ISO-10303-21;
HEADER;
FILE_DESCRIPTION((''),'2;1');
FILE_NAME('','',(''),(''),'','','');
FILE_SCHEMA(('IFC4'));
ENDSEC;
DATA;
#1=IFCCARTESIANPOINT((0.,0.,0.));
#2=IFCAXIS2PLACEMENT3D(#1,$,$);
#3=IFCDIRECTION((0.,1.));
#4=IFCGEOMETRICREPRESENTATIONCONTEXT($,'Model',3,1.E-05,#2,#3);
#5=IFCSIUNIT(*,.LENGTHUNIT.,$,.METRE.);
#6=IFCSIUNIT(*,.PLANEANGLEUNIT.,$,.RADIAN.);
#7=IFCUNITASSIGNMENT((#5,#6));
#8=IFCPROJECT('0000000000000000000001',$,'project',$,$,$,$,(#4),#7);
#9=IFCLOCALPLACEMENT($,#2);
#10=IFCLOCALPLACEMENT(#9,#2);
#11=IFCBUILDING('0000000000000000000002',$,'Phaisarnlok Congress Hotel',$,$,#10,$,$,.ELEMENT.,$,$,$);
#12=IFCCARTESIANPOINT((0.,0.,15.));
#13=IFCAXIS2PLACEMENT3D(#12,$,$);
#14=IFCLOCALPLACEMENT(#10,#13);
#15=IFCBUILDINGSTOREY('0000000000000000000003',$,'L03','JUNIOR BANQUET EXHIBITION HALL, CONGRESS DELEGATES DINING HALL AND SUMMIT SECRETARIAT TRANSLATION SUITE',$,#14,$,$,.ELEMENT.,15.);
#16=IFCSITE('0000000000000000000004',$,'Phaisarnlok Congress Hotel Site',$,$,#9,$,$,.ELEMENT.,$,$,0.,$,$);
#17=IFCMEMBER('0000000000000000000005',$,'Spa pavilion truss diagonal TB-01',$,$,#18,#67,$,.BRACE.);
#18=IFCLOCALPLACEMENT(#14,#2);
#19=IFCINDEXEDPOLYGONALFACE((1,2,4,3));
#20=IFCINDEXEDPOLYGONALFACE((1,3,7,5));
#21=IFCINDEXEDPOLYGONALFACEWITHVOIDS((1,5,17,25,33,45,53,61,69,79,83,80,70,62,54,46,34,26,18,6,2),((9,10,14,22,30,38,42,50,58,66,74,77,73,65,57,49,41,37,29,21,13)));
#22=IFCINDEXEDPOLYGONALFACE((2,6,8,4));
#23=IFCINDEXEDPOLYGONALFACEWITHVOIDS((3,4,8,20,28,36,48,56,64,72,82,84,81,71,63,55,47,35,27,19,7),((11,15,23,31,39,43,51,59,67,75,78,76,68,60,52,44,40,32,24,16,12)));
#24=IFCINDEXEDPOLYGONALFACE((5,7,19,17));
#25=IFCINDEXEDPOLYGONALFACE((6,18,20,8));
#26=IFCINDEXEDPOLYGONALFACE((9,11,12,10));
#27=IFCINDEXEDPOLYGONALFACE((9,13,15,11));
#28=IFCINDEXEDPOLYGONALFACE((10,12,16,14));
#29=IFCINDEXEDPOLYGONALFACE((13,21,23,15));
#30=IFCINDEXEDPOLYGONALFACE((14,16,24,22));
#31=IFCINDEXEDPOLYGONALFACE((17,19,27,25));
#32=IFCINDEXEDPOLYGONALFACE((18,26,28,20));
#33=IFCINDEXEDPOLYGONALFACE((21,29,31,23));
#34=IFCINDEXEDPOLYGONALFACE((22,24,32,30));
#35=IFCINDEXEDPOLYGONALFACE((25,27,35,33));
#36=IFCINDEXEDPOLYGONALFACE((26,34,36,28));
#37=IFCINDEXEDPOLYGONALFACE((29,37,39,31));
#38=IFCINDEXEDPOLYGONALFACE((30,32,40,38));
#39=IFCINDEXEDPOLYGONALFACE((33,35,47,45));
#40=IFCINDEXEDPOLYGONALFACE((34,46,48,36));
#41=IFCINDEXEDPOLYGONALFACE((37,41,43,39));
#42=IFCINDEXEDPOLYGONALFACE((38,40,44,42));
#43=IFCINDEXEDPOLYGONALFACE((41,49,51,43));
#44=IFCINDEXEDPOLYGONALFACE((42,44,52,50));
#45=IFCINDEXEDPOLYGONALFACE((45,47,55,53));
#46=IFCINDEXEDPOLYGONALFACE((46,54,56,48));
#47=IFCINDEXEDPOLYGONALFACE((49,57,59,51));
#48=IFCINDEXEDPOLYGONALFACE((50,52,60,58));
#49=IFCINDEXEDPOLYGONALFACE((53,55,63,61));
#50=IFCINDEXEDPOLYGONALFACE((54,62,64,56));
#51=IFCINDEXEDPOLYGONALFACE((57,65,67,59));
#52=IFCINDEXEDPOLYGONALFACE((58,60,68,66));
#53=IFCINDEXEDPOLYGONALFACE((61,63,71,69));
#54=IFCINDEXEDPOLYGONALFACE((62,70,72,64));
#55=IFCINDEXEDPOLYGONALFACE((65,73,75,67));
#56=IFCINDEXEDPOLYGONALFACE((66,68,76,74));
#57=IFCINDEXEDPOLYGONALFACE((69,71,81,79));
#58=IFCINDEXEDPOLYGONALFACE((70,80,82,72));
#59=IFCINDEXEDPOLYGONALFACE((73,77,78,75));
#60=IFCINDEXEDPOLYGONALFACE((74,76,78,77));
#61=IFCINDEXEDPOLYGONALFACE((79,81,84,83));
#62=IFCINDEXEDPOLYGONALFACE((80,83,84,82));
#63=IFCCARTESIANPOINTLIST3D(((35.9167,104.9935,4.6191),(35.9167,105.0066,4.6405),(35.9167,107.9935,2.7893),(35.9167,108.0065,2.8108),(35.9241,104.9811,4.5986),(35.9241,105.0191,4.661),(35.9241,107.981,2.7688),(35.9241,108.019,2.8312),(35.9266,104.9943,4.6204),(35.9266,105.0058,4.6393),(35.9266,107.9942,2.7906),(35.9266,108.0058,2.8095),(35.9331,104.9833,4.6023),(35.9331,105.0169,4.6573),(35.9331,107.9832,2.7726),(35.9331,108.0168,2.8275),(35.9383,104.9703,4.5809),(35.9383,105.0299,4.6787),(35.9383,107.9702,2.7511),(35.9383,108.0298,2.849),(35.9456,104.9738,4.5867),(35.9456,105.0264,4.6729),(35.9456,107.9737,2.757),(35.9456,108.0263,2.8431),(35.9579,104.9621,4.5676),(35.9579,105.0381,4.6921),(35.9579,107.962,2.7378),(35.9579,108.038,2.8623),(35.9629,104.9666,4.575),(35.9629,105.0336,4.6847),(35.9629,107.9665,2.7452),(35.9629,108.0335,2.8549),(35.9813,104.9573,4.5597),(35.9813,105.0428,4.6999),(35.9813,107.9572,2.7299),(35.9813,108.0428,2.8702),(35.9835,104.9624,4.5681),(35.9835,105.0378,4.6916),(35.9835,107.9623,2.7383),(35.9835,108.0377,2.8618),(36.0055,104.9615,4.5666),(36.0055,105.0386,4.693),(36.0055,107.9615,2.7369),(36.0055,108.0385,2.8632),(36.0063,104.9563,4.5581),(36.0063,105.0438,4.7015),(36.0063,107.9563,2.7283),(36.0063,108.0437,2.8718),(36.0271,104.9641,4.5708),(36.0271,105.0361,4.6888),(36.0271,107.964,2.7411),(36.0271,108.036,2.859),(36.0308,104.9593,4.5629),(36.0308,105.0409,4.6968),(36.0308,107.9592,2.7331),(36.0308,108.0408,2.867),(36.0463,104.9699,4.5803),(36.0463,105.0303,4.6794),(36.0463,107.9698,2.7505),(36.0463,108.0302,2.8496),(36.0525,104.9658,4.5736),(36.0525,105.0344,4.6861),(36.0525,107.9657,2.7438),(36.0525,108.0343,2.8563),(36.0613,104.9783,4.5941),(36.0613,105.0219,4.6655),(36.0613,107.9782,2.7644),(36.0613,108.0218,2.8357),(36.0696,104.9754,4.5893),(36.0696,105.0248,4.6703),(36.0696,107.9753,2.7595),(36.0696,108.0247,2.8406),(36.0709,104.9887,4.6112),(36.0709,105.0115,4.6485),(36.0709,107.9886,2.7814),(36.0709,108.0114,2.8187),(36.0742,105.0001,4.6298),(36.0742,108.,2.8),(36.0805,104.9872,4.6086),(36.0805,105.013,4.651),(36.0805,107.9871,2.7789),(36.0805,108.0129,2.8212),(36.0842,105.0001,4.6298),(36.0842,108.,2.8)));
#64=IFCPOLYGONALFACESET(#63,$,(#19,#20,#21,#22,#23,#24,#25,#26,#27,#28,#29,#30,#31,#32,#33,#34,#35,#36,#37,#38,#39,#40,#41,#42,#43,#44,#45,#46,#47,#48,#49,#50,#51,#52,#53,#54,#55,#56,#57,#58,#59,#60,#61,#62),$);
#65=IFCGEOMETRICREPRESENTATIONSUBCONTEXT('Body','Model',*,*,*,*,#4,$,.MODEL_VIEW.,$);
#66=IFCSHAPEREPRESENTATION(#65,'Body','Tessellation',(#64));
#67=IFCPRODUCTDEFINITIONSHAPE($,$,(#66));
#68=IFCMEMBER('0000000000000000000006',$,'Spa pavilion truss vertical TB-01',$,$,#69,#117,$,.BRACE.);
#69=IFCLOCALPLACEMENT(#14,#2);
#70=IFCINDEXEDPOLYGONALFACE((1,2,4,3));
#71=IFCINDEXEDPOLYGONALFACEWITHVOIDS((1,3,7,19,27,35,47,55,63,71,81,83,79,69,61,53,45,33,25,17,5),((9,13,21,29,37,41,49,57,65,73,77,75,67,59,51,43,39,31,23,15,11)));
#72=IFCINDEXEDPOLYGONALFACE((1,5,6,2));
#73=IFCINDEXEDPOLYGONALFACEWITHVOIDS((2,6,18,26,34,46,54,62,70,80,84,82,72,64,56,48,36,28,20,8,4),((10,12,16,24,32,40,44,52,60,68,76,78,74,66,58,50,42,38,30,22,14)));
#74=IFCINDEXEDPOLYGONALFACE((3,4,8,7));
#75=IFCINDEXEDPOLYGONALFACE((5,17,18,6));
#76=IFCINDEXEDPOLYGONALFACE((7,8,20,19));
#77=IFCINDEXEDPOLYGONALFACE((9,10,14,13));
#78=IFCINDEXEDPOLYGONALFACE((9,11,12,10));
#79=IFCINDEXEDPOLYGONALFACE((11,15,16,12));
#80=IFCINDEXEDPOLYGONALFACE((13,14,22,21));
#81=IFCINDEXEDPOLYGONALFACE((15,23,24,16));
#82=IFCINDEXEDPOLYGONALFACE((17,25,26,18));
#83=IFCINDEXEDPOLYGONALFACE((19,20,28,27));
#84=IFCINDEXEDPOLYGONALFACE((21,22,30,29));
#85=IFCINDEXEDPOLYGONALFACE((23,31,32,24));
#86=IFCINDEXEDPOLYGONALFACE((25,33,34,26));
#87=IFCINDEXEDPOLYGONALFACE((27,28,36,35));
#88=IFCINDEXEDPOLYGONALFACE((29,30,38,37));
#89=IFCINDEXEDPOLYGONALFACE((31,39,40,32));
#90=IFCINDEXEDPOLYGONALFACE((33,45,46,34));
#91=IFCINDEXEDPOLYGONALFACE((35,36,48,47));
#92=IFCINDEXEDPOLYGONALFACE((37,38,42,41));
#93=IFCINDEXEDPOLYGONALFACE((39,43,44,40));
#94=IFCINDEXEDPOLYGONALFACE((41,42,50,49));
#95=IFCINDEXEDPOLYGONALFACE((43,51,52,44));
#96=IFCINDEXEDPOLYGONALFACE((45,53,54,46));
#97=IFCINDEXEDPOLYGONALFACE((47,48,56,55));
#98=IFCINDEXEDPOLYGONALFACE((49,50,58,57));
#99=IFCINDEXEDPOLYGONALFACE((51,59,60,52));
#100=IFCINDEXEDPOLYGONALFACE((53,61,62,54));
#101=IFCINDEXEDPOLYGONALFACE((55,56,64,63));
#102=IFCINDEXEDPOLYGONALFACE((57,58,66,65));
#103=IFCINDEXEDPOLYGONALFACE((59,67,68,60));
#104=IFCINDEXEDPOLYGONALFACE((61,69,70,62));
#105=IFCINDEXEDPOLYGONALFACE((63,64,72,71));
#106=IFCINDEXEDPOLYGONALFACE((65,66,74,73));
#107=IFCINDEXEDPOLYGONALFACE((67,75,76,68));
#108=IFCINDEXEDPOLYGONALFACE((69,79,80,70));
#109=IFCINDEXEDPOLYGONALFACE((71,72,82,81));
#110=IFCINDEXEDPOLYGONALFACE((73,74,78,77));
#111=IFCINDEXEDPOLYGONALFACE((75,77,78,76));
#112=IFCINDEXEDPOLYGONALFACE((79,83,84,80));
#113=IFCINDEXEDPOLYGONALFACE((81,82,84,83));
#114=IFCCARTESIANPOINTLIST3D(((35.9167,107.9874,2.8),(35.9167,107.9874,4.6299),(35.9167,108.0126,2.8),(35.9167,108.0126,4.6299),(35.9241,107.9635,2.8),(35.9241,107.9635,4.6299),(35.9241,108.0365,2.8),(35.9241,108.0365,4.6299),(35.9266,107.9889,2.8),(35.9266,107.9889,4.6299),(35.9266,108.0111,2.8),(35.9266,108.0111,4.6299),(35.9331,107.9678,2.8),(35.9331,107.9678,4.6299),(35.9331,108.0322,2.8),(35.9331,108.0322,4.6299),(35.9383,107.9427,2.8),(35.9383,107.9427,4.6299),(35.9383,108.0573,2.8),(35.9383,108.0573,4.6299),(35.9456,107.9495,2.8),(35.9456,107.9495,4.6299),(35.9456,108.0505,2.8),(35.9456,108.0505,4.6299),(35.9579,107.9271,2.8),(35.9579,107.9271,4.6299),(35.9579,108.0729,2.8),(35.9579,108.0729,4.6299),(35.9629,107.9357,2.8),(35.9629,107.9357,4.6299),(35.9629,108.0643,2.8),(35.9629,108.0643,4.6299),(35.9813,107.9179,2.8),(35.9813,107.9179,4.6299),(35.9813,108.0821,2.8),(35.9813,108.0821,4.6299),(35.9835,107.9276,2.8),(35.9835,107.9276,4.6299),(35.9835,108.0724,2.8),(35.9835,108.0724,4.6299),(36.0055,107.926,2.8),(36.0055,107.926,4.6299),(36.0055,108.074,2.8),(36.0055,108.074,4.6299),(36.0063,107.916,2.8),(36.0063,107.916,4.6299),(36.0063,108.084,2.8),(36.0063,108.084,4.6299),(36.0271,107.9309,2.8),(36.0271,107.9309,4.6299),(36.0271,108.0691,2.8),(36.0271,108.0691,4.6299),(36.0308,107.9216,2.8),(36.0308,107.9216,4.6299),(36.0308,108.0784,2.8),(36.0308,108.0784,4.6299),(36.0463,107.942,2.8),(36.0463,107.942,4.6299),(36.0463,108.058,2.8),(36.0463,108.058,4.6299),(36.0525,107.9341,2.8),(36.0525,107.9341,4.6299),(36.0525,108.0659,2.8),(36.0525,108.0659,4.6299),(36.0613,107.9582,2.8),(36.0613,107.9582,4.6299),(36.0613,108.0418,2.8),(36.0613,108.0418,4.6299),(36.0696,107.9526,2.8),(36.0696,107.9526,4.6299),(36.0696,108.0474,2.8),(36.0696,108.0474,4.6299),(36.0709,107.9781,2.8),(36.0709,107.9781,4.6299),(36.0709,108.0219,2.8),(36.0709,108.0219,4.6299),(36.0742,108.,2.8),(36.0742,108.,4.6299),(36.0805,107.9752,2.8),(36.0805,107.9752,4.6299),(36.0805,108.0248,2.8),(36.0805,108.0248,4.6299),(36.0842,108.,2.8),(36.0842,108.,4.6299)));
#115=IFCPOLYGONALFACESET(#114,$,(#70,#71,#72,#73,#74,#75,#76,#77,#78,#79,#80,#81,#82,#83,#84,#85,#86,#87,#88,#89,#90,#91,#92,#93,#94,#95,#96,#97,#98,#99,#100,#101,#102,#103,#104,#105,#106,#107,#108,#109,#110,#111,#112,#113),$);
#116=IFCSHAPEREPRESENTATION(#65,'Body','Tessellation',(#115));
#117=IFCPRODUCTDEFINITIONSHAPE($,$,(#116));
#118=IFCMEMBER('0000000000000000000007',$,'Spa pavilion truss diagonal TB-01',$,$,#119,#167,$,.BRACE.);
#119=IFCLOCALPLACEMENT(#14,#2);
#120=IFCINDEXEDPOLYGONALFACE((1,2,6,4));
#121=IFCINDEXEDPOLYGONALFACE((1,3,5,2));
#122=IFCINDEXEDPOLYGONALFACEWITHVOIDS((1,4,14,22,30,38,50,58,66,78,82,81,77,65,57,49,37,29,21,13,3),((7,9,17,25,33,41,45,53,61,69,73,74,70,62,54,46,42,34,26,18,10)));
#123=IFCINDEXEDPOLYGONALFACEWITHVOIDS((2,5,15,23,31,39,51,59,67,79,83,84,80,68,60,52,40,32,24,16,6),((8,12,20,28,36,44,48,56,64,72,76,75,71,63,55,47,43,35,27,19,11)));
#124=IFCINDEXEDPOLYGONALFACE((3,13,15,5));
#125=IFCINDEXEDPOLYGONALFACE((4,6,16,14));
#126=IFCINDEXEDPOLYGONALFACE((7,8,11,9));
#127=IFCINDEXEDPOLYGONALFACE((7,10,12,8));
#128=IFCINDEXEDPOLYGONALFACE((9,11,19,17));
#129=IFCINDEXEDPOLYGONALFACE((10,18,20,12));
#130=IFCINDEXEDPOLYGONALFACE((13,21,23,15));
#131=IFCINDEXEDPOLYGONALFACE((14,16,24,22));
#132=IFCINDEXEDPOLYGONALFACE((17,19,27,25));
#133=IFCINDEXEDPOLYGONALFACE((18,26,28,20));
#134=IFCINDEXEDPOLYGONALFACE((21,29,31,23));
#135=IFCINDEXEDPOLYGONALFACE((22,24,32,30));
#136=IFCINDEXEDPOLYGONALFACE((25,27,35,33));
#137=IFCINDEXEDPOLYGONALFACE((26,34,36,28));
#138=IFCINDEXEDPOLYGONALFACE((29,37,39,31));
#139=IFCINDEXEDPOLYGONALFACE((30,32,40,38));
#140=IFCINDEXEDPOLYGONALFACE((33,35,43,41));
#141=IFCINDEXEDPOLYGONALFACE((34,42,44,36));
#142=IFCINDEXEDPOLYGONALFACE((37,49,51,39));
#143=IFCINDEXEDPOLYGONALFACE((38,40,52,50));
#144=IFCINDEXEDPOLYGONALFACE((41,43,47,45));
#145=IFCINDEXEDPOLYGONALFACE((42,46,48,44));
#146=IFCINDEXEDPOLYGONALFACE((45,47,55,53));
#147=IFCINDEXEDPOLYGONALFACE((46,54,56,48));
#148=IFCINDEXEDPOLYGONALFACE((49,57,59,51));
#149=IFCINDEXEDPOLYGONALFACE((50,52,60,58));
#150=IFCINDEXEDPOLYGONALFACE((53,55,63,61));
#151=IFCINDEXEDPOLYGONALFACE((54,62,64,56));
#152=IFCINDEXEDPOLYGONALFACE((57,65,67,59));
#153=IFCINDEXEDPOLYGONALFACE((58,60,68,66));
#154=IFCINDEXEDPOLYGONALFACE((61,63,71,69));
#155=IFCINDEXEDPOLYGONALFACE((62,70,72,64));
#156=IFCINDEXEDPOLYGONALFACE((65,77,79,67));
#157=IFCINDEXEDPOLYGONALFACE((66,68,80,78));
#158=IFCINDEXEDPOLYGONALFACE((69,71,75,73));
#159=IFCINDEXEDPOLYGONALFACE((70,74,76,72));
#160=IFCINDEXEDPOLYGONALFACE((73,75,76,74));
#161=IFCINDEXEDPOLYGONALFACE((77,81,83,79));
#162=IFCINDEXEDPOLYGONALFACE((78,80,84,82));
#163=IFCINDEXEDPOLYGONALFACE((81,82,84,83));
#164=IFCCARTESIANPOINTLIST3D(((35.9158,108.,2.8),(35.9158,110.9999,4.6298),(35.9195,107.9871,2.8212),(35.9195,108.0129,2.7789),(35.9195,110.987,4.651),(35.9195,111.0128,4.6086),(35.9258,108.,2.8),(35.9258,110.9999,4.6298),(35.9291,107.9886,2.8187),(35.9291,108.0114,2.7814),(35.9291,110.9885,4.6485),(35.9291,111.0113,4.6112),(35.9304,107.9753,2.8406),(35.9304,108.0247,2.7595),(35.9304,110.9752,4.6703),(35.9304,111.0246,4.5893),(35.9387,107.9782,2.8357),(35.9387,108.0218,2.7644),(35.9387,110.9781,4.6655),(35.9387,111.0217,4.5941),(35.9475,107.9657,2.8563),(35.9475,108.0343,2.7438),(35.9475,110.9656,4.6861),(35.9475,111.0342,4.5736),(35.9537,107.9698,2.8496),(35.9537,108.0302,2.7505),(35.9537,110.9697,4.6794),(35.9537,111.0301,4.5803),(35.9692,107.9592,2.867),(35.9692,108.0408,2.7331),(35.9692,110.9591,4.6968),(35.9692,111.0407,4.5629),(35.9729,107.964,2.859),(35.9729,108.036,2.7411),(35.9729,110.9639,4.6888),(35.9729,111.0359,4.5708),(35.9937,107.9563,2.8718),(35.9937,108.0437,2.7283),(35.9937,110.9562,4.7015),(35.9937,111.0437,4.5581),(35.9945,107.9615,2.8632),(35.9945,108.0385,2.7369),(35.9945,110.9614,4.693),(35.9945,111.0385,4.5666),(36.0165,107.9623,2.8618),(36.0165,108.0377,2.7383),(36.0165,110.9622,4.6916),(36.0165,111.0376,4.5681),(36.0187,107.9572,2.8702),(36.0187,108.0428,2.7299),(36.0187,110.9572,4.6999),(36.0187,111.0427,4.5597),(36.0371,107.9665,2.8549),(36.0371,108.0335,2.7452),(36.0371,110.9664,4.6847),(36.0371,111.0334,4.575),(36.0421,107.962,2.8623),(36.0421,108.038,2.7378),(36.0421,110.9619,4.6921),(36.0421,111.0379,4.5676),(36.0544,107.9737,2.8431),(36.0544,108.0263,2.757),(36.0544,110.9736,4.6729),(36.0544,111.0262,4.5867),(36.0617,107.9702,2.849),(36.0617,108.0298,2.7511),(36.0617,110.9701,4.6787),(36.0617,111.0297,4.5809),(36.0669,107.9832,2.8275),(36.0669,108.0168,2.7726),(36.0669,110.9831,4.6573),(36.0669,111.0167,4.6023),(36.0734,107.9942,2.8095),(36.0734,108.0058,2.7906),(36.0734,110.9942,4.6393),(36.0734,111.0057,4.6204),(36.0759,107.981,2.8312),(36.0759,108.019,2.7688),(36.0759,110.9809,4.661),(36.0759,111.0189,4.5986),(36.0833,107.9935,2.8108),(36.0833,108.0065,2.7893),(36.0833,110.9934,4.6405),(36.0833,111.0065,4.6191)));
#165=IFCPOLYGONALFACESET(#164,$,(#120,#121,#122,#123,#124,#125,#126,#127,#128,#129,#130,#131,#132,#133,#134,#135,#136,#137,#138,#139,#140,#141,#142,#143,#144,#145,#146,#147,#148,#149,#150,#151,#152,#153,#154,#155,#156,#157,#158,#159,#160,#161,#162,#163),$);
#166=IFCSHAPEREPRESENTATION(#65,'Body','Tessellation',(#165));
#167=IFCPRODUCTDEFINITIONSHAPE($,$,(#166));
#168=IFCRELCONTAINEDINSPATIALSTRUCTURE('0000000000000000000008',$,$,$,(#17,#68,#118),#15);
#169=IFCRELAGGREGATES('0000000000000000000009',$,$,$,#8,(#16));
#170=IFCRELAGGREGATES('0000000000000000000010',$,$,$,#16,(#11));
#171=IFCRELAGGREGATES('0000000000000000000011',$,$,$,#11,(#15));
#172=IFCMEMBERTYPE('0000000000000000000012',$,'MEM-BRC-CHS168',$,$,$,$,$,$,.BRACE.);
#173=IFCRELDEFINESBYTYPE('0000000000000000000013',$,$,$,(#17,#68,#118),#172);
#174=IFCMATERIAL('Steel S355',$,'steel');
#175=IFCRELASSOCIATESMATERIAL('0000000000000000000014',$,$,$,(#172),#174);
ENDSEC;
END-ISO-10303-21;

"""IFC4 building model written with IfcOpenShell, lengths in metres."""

from ifc_helpers import new_model, si_unit, direction, frame, origin, origin_2d, place, context, subcontext, project, spatial, hollow_circle, extrude, material, material_profile, profile_set, type_object, element, save


model = new_model("IFC4")

# Units and contexts
model_context = context("Model", 3, precision=1e-05, world=origin(), true_north=direction((0.0, 1.0)))
body_context = subcontext(model_context, "Body", "Model", "MODEL_VIEW")
ifc_project = project(units=[si_unit("LENGTHUNIT", "METRE"), si_unit("PLANEANGLEUNIT", "RADIAN")], contexts=[model_context])

# Site, building, storey
site_placement = place(None, origin())
site = spatial("IfcSite", under=ifc_project, at=site_placement, Name="Phaisarnlok Congress Hotel Site", CompositionType="ELEMENT", RefElevation=0.0)
building_placement = place(site_placement, origin())
building = spatial("IfcBuilding", under=site, at=building_placement, Name="Phaisarnlok Congress Hotel", CompositionType="ELEMENT")
storey_placement = place(building_placement, frame((0.0, 0.0, 15.0)))
storey = spatial("IfcBuildingStorey", under=building, at=storey_placement, Name="L03", Description="JUNIOR BANQUET EXHIBITION HALL, CONGRESS DELEGATES DINING HALL AND SUMMIT SECRETARIAT TRANSLATION SUITE", CompositionType="ELEMENT", Elevation=15.0)

# Members
ifc_material_1 = material(Name="Steel S355", Category="steel")
ifc_material_profile_1 = material_profile(ifc_material_1, hollow_circle(Radius=0.0842, WallThickness=0.01, at=origin_2d()), Name="CHS 168.3x10")
ifc_profile_set_1 = profile_set([ifc_material_profile_1], Name="Steel S355")
member_type_1 = type_object("IfcMemberType", Name="MEM-BRC-CHS168", PredefinedType="BRACE", material=ifc_profile_set_1)
for number, where, z_axis, x_axis, name in (
    (1, (36.0, 108.0, 2.8), (0.0, -0.853725, 0.520725), (1.0, 0.0, 0.0), "Spa pavilion truss diagonal TB-01"),
):
    element("IfcMember", number, at=place(storey_placement, frame(where, z_axis=z_axis, x_axis=x_axis)), inside=storey, type_object=member_type_1, Name=name, PredefinedType="BRACE", context=body_context, shape_type="SweptSolid", body=[
        extrude(hollow_circle(Radius=0.0842, WallThickness=0.01, at=origin_2d()), origin(), (0.0, 0.0, 1.0), 3.5139),
    ])
member_1_placement = place(storey_placement, frame((36.0, 108.0, 2.8), z_axis=(0.0, 0.0, 1.0), x_axis=(1.0, 0.0, 0.0)))
element("IfcMember", 2, at=member_1_placement, inside=storey, type_object=member_type_1, Name="Spa pavilion truss vertical TB-01", PredefinedType="BRACE", context=body_context, shape_type="SweptSolid", body=[
    extrude(hollow_circle(Radius=0.0842, WallThickness=0.01, at=origin_2d()), origin(), (0.0, 0.0, 1.0), 1.8298),
])
member_2_placement = place(storey_placement, frame((36.0, 108.0, 2.8), z_axis=(0.0, 0.853725, 0.520725), x_axis=(-1.0, 0.0, 0.0)))
element("IfcMember", 3, at=member_2_placement, inside=storey, type_object=member_type_1, Name="Spa pavilion truss diagonal TB-01", PredefinedType="BRACE", context=body_context, shape_type="SweptSolid", body=[
    extrude(hollow_circle(Radius=0.0842, WallThickness=0.01, at=origin_2d()), origin(), (0.0, 0.0, 1.0), 3.5139),
])

save(model, "model.ifc")
